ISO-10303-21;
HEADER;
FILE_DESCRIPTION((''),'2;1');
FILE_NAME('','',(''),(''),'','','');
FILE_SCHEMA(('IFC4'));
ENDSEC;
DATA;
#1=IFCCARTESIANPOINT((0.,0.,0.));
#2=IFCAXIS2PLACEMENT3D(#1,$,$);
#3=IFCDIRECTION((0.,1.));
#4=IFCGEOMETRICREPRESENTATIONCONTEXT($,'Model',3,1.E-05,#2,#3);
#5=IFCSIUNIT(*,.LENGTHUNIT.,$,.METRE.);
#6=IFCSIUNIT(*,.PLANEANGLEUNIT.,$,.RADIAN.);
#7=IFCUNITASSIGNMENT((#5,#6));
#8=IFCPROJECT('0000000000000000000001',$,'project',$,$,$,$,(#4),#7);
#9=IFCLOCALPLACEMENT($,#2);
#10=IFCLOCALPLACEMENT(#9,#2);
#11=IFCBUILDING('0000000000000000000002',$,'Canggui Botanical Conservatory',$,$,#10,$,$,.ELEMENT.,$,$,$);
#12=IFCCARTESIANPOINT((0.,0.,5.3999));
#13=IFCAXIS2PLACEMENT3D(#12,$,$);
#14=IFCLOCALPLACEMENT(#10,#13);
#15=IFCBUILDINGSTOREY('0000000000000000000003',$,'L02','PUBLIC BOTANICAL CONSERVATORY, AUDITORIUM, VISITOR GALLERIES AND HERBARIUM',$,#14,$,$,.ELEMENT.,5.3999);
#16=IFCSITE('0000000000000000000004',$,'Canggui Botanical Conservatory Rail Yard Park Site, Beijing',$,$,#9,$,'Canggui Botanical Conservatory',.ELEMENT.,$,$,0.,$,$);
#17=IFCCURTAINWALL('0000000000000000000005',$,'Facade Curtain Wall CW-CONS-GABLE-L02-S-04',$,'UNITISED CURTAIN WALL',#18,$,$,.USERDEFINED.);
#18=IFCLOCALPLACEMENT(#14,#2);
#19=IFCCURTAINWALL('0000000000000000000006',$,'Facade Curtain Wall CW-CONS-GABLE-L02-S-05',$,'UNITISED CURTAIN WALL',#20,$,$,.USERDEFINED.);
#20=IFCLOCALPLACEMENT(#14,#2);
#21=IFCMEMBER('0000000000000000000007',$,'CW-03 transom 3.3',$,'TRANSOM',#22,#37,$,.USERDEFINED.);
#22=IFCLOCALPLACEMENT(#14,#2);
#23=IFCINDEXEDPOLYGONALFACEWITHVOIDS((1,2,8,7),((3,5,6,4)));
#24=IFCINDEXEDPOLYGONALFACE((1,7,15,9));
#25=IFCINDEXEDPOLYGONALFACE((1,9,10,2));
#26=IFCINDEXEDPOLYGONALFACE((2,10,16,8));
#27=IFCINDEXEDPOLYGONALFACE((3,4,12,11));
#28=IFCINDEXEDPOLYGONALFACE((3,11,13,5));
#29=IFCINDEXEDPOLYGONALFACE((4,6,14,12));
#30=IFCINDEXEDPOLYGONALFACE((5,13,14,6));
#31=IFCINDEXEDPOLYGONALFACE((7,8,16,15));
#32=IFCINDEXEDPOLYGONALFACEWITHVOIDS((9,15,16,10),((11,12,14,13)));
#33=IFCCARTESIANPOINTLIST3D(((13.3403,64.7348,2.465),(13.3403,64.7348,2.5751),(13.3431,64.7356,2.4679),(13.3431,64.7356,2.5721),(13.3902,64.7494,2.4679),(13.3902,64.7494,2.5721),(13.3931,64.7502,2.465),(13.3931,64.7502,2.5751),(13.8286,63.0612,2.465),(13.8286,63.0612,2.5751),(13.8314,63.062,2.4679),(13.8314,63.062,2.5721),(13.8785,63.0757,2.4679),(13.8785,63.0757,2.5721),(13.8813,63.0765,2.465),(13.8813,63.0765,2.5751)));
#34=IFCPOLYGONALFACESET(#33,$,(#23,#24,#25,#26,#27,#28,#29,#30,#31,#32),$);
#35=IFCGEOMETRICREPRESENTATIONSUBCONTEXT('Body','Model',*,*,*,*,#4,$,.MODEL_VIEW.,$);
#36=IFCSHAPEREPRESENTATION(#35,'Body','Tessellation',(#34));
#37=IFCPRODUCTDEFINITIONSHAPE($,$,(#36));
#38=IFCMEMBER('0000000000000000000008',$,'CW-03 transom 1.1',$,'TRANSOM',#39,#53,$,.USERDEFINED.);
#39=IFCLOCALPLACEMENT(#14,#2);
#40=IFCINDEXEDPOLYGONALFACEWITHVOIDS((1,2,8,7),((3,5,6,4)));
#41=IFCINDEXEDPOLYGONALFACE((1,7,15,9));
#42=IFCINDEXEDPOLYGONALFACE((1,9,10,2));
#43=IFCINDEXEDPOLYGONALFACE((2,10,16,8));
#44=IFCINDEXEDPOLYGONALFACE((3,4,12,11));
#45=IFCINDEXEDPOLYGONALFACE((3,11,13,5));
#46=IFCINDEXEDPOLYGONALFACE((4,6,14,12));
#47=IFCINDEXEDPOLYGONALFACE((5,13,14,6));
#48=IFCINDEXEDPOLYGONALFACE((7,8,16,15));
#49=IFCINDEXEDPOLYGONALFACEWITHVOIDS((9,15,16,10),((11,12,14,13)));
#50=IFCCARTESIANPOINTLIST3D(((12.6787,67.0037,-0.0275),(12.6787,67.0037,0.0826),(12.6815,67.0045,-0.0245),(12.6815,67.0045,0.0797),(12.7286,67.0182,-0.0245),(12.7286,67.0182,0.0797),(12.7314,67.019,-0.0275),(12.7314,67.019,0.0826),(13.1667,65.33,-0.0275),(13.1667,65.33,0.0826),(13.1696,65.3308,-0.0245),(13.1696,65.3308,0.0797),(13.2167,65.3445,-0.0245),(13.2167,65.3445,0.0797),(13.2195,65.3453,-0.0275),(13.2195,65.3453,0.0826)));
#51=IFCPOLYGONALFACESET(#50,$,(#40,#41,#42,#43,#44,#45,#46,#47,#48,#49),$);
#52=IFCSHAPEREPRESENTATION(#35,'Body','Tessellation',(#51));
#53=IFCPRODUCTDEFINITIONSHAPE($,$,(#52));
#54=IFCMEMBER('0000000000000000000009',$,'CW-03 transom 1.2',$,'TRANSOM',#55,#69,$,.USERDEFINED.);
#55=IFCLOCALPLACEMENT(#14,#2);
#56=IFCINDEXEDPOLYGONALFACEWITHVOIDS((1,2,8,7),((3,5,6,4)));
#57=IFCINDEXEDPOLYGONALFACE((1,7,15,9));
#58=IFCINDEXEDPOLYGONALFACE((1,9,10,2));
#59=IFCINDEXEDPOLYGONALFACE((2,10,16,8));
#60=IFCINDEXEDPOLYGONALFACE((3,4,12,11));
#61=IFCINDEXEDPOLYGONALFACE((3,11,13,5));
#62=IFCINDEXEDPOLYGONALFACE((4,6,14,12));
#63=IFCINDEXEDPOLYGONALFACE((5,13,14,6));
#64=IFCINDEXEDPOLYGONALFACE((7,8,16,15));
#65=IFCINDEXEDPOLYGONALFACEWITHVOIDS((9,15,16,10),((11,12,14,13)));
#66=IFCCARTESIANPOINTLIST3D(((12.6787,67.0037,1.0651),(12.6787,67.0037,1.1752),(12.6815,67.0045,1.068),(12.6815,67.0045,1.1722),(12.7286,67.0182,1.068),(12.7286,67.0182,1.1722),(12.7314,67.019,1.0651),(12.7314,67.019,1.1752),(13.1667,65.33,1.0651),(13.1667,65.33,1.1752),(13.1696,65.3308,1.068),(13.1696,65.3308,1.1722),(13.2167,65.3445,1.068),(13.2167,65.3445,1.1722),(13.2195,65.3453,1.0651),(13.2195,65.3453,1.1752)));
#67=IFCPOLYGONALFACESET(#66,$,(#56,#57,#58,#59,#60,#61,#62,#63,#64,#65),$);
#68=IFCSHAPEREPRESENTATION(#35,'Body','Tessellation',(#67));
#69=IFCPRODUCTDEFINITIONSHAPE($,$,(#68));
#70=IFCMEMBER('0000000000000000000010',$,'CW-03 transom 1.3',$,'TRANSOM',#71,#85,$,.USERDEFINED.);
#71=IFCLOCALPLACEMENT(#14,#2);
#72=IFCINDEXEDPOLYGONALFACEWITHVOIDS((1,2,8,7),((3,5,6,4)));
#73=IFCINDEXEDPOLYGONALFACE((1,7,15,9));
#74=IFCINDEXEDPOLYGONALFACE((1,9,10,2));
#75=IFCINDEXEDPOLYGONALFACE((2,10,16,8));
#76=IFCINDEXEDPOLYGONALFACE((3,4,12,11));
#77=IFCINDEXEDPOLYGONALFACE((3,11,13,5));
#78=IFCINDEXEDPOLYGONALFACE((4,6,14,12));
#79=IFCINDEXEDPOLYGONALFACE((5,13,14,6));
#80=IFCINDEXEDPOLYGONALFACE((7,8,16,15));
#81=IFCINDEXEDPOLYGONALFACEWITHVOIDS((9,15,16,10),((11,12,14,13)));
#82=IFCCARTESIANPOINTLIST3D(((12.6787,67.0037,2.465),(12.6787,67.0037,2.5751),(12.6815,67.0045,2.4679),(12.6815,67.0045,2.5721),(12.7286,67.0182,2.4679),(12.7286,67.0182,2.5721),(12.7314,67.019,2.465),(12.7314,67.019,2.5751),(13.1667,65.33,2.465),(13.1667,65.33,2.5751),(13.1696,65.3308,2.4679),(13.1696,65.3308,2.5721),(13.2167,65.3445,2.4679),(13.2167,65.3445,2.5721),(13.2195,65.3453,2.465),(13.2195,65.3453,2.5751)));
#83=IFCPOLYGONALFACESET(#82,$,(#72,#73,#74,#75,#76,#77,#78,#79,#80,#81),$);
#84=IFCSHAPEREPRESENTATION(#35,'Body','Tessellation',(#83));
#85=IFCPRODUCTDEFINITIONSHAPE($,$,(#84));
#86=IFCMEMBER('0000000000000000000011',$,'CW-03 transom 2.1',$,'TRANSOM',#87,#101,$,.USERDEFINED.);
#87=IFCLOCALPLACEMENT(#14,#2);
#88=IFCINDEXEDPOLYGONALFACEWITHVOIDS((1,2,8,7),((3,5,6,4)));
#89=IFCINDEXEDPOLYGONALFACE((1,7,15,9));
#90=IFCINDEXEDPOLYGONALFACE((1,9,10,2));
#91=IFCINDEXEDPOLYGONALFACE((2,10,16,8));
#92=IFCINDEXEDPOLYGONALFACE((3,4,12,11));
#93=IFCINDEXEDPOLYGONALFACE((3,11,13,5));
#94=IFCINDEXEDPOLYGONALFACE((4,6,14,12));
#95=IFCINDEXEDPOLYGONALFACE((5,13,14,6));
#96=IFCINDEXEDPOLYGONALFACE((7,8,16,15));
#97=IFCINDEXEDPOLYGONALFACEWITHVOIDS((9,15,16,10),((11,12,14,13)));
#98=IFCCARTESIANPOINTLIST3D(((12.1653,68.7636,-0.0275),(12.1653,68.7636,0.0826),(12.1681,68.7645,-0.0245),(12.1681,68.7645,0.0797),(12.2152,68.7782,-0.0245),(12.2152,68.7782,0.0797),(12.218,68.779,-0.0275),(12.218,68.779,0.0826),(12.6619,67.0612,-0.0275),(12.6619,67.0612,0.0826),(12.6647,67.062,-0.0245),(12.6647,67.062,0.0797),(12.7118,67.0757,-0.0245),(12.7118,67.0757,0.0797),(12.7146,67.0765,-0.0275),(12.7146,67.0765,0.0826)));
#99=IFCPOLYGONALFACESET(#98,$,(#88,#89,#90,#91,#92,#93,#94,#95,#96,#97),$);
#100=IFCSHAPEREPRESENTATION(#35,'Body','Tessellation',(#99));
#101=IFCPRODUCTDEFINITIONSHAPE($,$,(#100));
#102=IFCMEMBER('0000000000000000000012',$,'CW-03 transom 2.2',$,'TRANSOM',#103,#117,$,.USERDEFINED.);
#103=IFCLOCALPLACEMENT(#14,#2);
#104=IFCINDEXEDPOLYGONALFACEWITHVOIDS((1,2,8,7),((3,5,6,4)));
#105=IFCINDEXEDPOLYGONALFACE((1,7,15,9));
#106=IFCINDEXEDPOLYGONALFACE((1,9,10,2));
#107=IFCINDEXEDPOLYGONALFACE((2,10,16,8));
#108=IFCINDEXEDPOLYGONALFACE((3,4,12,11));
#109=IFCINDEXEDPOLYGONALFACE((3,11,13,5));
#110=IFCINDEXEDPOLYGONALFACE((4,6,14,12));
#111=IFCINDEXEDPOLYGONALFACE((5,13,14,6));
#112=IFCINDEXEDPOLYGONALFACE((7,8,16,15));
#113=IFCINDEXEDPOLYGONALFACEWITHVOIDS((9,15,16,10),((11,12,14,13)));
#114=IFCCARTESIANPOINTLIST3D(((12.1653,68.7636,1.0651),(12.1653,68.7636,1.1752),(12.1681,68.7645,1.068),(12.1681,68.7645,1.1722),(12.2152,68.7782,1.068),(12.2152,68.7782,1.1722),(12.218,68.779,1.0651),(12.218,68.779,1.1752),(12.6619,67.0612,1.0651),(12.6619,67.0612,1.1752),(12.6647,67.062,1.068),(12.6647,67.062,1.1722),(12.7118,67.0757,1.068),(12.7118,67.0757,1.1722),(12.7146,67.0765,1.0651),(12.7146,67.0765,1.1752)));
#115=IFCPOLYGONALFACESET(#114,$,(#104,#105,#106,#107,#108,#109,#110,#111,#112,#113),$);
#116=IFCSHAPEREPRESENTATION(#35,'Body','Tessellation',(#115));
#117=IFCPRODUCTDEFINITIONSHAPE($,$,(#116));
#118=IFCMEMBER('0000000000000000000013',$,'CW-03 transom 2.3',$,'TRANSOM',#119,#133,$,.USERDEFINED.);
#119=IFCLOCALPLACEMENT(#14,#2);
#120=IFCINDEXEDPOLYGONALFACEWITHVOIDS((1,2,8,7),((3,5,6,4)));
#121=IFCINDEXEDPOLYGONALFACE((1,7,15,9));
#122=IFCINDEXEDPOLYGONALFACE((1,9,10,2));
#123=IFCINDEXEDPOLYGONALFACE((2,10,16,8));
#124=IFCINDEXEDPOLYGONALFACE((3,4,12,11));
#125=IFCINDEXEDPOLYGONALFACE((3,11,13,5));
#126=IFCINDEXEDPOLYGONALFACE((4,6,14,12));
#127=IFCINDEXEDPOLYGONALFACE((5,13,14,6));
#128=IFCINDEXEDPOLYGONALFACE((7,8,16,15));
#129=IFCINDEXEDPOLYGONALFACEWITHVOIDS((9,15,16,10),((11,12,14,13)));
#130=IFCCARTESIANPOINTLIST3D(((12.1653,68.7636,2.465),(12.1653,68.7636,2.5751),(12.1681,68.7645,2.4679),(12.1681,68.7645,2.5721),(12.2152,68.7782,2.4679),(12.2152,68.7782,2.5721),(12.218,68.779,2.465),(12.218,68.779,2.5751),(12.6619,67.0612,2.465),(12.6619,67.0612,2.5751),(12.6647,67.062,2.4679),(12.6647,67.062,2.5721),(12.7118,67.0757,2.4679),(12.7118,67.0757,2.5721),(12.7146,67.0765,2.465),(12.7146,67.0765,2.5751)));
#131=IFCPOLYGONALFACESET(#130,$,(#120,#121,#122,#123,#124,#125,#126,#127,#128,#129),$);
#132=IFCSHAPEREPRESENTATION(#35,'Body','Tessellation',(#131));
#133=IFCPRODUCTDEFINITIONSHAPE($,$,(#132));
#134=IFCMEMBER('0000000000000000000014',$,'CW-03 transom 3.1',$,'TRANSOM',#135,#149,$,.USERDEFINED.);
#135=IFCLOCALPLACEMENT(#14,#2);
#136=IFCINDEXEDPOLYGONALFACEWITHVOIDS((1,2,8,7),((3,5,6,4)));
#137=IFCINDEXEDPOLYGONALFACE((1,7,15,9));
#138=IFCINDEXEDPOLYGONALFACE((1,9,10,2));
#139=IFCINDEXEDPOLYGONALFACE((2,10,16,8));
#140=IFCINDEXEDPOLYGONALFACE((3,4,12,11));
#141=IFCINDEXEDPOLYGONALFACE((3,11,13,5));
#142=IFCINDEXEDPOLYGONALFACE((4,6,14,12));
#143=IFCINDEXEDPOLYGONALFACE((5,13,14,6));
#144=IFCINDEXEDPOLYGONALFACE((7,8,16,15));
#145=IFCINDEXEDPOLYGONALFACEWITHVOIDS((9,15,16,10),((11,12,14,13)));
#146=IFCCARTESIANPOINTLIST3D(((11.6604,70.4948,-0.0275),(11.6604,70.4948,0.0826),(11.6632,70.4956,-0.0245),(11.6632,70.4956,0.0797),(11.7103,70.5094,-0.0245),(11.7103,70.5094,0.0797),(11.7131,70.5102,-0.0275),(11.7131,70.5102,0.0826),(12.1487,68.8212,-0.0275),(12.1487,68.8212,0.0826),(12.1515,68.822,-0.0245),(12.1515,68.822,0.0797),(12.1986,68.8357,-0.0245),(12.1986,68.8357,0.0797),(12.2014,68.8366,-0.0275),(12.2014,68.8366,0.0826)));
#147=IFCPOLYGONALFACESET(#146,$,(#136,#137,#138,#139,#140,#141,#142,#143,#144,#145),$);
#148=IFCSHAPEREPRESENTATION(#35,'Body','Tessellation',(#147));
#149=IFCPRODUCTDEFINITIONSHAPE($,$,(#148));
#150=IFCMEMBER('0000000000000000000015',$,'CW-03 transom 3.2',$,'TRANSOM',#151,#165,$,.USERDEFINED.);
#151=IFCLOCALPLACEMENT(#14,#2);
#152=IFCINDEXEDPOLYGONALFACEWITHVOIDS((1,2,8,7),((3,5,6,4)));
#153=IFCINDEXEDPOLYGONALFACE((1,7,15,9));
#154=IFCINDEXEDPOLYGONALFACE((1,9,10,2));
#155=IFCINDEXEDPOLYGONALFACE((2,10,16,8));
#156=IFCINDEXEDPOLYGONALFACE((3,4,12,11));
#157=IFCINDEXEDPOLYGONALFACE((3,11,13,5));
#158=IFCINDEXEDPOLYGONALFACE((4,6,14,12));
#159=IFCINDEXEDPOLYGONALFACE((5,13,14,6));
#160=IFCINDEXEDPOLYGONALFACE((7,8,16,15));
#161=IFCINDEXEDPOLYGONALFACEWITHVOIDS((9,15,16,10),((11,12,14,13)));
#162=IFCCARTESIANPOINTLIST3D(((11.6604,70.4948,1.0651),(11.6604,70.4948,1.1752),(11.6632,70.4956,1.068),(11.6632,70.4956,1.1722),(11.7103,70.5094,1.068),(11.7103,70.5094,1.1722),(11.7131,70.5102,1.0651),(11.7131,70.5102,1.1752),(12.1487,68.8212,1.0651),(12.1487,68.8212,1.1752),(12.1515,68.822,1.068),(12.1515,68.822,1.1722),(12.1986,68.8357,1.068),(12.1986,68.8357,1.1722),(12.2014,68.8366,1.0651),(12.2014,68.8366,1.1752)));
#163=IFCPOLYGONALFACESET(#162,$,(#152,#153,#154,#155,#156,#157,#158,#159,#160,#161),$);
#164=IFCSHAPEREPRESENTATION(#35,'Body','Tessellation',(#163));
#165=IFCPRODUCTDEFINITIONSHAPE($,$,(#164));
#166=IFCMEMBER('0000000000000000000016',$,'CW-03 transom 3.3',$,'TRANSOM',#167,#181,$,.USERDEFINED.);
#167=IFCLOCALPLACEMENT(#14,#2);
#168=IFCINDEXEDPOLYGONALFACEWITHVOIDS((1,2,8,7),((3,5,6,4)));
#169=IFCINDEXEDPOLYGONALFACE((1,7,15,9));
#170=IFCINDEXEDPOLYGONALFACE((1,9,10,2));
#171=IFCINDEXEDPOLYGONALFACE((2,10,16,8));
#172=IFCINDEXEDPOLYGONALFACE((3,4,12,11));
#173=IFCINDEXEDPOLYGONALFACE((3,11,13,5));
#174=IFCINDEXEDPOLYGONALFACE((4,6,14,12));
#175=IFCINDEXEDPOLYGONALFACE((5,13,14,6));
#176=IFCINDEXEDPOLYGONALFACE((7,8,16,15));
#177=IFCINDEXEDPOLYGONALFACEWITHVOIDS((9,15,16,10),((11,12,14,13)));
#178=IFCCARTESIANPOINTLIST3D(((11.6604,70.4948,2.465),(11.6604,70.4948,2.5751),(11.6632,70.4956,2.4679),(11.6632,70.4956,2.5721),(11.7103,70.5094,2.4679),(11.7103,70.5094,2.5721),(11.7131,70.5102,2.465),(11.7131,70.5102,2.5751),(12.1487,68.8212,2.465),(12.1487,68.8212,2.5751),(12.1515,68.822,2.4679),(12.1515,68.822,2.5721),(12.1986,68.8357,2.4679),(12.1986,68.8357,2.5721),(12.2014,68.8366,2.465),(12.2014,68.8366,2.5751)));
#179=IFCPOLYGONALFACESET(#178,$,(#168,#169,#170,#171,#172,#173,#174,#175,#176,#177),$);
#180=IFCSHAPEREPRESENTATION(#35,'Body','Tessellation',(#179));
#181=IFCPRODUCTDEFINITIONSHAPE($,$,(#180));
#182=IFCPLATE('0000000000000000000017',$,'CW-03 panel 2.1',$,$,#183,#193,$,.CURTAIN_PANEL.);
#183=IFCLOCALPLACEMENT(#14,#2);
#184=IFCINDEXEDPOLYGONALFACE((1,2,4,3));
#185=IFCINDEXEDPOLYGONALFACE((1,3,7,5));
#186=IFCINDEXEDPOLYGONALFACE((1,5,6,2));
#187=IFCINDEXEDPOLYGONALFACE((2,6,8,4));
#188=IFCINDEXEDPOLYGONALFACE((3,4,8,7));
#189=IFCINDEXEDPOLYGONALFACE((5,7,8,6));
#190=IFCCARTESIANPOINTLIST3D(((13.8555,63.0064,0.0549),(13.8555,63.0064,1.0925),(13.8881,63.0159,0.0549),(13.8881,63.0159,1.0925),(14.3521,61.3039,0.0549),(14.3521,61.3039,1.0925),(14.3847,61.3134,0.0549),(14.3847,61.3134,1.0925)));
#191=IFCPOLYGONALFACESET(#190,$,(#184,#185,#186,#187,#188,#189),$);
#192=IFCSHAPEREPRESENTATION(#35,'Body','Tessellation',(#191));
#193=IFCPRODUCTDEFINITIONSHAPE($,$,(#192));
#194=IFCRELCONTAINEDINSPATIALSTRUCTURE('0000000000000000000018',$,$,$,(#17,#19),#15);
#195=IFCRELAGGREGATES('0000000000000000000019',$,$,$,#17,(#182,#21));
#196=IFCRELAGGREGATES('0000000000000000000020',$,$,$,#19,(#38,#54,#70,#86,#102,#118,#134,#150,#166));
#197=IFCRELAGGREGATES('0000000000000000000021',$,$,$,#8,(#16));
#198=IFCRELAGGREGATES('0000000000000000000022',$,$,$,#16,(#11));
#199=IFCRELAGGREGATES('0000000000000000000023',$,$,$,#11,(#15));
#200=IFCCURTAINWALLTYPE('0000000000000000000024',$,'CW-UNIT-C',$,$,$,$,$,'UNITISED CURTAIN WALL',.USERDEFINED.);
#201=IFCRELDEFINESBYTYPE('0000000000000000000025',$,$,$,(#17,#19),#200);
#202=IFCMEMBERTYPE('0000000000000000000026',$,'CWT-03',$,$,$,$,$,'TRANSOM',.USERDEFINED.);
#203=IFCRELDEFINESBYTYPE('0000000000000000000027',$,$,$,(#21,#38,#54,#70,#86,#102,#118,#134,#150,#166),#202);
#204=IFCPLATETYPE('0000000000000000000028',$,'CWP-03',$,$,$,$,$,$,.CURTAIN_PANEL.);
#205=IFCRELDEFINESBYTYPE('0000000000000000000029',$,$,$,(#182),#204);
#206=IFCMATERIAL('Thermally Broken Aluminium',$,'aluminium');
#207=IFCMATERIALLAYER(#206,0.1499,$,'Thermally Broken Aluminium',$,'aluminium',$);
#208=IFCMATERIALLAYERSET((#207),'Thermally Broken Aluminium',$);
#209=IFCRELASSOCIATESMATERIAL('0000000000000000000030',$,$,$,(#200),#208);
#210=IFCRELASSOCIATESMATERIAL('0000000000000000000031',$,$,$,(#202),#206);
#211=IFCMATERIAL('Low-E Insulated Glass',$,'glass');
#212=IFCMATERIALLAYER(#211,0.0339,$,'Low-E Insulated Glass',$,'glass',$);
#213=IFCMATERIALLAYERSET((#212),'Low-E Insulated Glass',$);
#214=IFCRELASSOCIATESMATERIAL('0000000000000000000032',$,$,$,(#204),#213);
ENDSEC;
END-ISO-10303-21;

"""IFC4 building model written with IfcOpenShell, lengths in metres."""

from ifc_helpers import new_model, si_unit, direction, frame, origin, origin_2d, place, context, subcontext, project, spatial, rectangle, hollow_rectangle, extrude, material, layer, layer_set, material_profile, profile_set, type_object, element, aggregate, save


model = new_model("IFC4")

# Units and contexts
model_context = context("Model", 3, precision=1e-05, world=origin(), true_north=direction((0.0, 1.0)))
body_context = subcontext(model_context, "Body", "Model", "MODEL_VIEW")
ifc_project = project(units=[si_unit("LENGTHUNIT", "METRE"), si_unit("PLANEANGLEUNIT", "RADIAN")], contexts=[model_context])

# Site, building, storey
site_placement = place(None, origin())
site = spatial("IfcSite", under=ifc_project, at=site_placement, Name="Canggui Botanical Conservatory Rail Yard Park Site, Beijing", LongName="Canggui Botanical Conservatory", CompositionType="ELEMENT", RefElevation=0.0)
building_placement = place(site_placement, origin())
building = spatial("IfcBuilding", under=site, at=building_placement, Name="Canggui Botanical Conservatory", CompositionType="ELEMENT")
storey_placement = place(building_placement, frame((0.0, 0.0, 5.3999)))
storey = spatial("IfcBuildingStorey", under=building, at=storey_placement, Name="L02", Description="PUBLIC BOTANICAL CONSERVATORY, AUDITORIUM, VISITOR GALLERIES AND HERBARIUM", CompositionType="ELEMENT", Elevation=5.3999)

# Curtain walls
ifc_material_1 = material(Name="Thermally Broken Aluminium", Category="aluminium")
ifc_layer_1 = layer(ifc_material_1, 0.1499, Name="Thermally Broken Aluminium", Category="aluminium")
ifc_layer_set_1 = layer_set([ifc_layer_1], Name="Thermally Broken Aluminium")
curtain_wall_type = type_object("IfcCurtainWallType", Name="CW-UNIT-C", ElementType="UNITISED CURTAIN WALL", PredefinedType="USERDEFINED", material=ifc_layer_set_1)
curtain_wall_1_placement = place(storey_placement, origin())
curtain_wall_1 = element("IfcCurtainWall", 1, at=curtain_wall_1_placement, inside=storey, type_object=curtain_wall_type, Name="Facade Curtain Wall CW-CONS-GABLE-L02-S-04", ObjectType="UNITISED CURTAIN WALL", PredefinedType="USERDEFINED")
curtain_wall_2_placement = place(storey_placement, origin())
curtain_wall_2 = element("IfcCurtainWall", 2, at=curtain_wall_2_placement, inside=storey, type_object=curtain_wall_type, Name="Facade Curtain Wall CW-CONS-GABLE-L02-S-05", ObjectType="UNITISED CURTAIN WALL", PredefinedType="USERDEFINED")

# Members
ifc_material_profile_1 = material_profile(ifc_material_1, hollow_rectangle(XDim=0.0549, YDim=0.1101, WallThickness=0.0029, at=origin_2d()), Name="CWT 55x110x3")
ifc_profile_set_1 = profile_set([ifc_material_profile_1], Name="Thermally Broken Aluminium")
member_type_1 = type_object("IfcMemberType", Name="CWT-03", ElementType="TRANSOM", PredefinedType="USERDEFINED", material=ifc_profile_set_1)
member_1_placement = place(storey_placement, frame((13.855, 63.0688, 2.52), z_axis=(-0.280081, 0.959976, 0.0), x_axis=(-0.959976, -0.280081, 0.0)))
member_1 = element("IfcMember", 3, at=member_1_placement, type_object=member_type_1, Name="CW-03 transom 3.3", ObjectType="TRANSOM", PredefinedType="USERDEFINED", context=body_context, shape_type="SweptSolid", body=[
    extrude(hollow_rectangle(XDim=0.0549, YDim=0.1101, WallThickness=0.0029, at=origin_2d()), origin(), (0.0, 0.0, 1.0), 1.7434),
])
member_2_placement = place(storey_placement, frame((13.1931, 65.3376, 0.0276), z_axis=(-0.279952, 0.960014, 0.0), x_axis=(-0.960014, -0.279952, 0.0)))
member_2 = element("IfcMember", 4, at=member_2_placement, type_object=member_type_1, Name="CW-03 transom 1.1", ObjectType="TRANSOM", PredefinedType="USERDEFINED", context=body_context, shape_type="SweptSolid", body=[
    extrude(hollow_rectangle(XDim=0.0549, YDim=0.1101, WallThickness=0.0029, at=origin_2d()), origin(), (0.0, 0.0, 1.0), 1.7434),
])
member_3_placement = place(storey_placement, frame((13.1931, 65.3376, 1.1201), z_axis=(-0.279952, 0.960014, 0.0), x_axis=(-0.960014, -0.279952, 0.0)))
member_3 = element("IfcMember", 5, at=member_3_placement, type_object=member_type_1, Name="CW-03 transom 1.2", ObjectType="TRANSOM", PredefinedType="USERDEFINED", context=body_context, shape_type="SweptSolid", body=[
    extrude(hollow_rectangle(XDim=0.0549, YDim=0.1101, WallThickness=0.0029, at=origin_2d()), origin(), (0.0, 0.0, 1.0), 1.7434),
])
member_4_placement = place(storey_placement, frame((13.1931, 65.3376, 2.52), z_axis=(-0.279952, 0.960014, 0.0), x_axis=(-0.960014, -0.279952, 0.0)))
member_4 = element("IfcMember", 6, at=member_4_placement, type_object=member_type_1, Name="CW-03 transom 1.3", ObjectType="TRANSOM", PredefinedType="USERDEFINED", context=body_context, shape_type="SweptSolid", body=[
    extrude(hollow_rectangle(XDim=0.0549, YDim=0.1101, WallThickness=0.0029, at=origin_2d()), origin(), (0.0, 0.0, 1.0), 1.7434),
])
member_5_placement = place(storey_placement, frame((12.6882, 67.0688, 0.0276), z_axis=(-0.280026, 0.959992, 0.0), x_axis=(-0.959992, -0.280026, 0.0)))
member_5 = element("IfcMember", 7, at=member_5_placement, type_object=member_type_1, Name="CW-03 transom 2.1", ObjectType="TRANSOM", PredefinedType="USERDEFINED", context=body_context, shape_type="SweptSolid", body=[
    extrude(hollow_rectangle(XDim=0.0549, YDim=0.1101, WallThickness=0.0029, at=origin_2d()), origin(), (0.0, 0.0, 1.0), 1.7734),
])
member_6_placement = place(storey_placement, frame((12.6882, 67.0688, 1.1201), z_axis=(-0.280026, 0.959992, 0.0), x_axis=(-0.959992, -0.280026, 0.0)))
member_6 = element("IfcMember", 8, at=member_6_placement, type_object=member_type_1, Name="CW-03 transom 2.2", ObjectType="TRANSOM", PredefinedType="USERDEFINED", context=body_context, shape_type="SweptSolid", body=[
    extrude(hollow_rectangle(XDim=0.0549, YDim=0.1101, WallThickness=0.0029, at=origin_2d()), origin(), (0.0, 0.0, 1.0), 1.7734),
])
member_7_placement = place(storey_placement, frame((12.6882, 67.0688, 2.52), z_axis=(-0.280026, 0.959992, 0.0), x_axis=(-0.959992, -0.280026, 0.0)))
member_7 = element("IfcMember", 9, at=member_7_placement, type_object=member_type_1, Name="CW-03 transom 2.3", ObjectType="TRANSOM", PredefinedType="USERDEFINED", context=body_context, shape_type="SweptSolid", body=[
    extrude(hollow_rectangle(XDim=0.0549, YDim=0.1101, WallThickness=0.0029, at=origin_2d()), origin(), (0.0, 0.0, 1.0), 1.7734),
])
member_8_placement = place(storey_placement, frame((12.175, 68.8289, 0.0276), z_axis=(-0.280081, 0.959976, 0.0), x_axis=(-0.959976, -0.280081, 0.0)))
member_8 = element("IfcMember", 10, at=member_8_placement, type_object=member_type_1, Name="CW-03 transom 3.1", ObjectType="TRANSOM", PredefinedType="USERDEFINED", context=body_context, shape_type="SweptSolid", body=[
    extrude(hollow_rectangle(XDim=0.0549, YDim=0.1101, WallThickness=0.0029, at=origin_2d()), origin(), (0.0, 0.0, 1.0), 1.7434),
])
member_9_placement = place(storey_placement, frame((12.175, 68.8289, 1.1201), z_axis=(-0.280081, 0.959976, 0.0), x_axis=(-0.959976, -0.280081, 0.0)))
member_9 = element("IfcMember", 11, at=member_9_placement, type_object=member_type_1, Name="CW-03 transom 3.2", ObjectType="TRANSOM", PredefinedType="USERDEFINED", context=body_context, shape_type="SweptSolid", body=[
    extrude(hollow_rectangle(XDim=0.0549, YDim=0.1101, WallThickness=0.0029, at=origin_2d()), origin(), (0.0, 0.0, 1.0), 1.7434),
])
member_10_placement = place(storey_placement, frame((12.175, 68.8289, 2.52), z_axis=(-0.280081, 0.959976, 0.0), x_axis=(-0.959976, -0.280081, 0.0)))
member_10 = element("IfcMember", 12, at=member_10_placement, type_object=member_type_1, Name="CW-03 transom 3.3", ObjectType="TRANSOM", PredefinedType="USERDEFINED", context=body_context, shape_type="SweptSolid", body=[
    extrude(hollow_rectangle(XDim=0.0549, YDim=0.1101, WallThickness=0.0029, at=origin_2d()), origin(), (0.0, 0.0, 1.0), 1.7434),
])

# Plate
ifc_material_2 = material(Name="Low-E Insulated Glass", Category="glass")
ifc_layer_2 = layer(ifc_material_2, 0.0339, Name="Low-E Insulated Glass", Category="glass")
ifc_layer_set_2 = layer_set([ifc_layer_2], Name="Low-E Insulated Glass")
plate_type = type_object("IfcPlateType", Name="CWP-03", PredefinedType="CURTAIN_PANEL", material=ifc_layer_set_2)
plate_1_placement = place(storey_placement, frame((14.1201, 62.1599, 0.0549), z_axis=(0.0, 0.0, 1.0), x_axis=(-0.28, 0.96, 0.0)))
plate_1 = element("IfcPlate", 13, at=plate_1_placement, type_object=plate_type, Name="CW-03 panel 2.1", PredefinedType="CURTAIN_PANEL", context=body_context, shape_type="SweptSolid", body=[
    extrude(rectangle(XDim=1.7734, YDim=0.0339, at=origin_2d()), origin(), (0.0, 0.0, 1.0), 1.0376),
])
aggregate(curtain_wall_1, [plate_1, member_1])
aggregate(curtain_wall_2, [member_2, member_3, member_4, member_5, member_6, member_7, member_8, member_9, member_10])

save(model, "model.ifc")
